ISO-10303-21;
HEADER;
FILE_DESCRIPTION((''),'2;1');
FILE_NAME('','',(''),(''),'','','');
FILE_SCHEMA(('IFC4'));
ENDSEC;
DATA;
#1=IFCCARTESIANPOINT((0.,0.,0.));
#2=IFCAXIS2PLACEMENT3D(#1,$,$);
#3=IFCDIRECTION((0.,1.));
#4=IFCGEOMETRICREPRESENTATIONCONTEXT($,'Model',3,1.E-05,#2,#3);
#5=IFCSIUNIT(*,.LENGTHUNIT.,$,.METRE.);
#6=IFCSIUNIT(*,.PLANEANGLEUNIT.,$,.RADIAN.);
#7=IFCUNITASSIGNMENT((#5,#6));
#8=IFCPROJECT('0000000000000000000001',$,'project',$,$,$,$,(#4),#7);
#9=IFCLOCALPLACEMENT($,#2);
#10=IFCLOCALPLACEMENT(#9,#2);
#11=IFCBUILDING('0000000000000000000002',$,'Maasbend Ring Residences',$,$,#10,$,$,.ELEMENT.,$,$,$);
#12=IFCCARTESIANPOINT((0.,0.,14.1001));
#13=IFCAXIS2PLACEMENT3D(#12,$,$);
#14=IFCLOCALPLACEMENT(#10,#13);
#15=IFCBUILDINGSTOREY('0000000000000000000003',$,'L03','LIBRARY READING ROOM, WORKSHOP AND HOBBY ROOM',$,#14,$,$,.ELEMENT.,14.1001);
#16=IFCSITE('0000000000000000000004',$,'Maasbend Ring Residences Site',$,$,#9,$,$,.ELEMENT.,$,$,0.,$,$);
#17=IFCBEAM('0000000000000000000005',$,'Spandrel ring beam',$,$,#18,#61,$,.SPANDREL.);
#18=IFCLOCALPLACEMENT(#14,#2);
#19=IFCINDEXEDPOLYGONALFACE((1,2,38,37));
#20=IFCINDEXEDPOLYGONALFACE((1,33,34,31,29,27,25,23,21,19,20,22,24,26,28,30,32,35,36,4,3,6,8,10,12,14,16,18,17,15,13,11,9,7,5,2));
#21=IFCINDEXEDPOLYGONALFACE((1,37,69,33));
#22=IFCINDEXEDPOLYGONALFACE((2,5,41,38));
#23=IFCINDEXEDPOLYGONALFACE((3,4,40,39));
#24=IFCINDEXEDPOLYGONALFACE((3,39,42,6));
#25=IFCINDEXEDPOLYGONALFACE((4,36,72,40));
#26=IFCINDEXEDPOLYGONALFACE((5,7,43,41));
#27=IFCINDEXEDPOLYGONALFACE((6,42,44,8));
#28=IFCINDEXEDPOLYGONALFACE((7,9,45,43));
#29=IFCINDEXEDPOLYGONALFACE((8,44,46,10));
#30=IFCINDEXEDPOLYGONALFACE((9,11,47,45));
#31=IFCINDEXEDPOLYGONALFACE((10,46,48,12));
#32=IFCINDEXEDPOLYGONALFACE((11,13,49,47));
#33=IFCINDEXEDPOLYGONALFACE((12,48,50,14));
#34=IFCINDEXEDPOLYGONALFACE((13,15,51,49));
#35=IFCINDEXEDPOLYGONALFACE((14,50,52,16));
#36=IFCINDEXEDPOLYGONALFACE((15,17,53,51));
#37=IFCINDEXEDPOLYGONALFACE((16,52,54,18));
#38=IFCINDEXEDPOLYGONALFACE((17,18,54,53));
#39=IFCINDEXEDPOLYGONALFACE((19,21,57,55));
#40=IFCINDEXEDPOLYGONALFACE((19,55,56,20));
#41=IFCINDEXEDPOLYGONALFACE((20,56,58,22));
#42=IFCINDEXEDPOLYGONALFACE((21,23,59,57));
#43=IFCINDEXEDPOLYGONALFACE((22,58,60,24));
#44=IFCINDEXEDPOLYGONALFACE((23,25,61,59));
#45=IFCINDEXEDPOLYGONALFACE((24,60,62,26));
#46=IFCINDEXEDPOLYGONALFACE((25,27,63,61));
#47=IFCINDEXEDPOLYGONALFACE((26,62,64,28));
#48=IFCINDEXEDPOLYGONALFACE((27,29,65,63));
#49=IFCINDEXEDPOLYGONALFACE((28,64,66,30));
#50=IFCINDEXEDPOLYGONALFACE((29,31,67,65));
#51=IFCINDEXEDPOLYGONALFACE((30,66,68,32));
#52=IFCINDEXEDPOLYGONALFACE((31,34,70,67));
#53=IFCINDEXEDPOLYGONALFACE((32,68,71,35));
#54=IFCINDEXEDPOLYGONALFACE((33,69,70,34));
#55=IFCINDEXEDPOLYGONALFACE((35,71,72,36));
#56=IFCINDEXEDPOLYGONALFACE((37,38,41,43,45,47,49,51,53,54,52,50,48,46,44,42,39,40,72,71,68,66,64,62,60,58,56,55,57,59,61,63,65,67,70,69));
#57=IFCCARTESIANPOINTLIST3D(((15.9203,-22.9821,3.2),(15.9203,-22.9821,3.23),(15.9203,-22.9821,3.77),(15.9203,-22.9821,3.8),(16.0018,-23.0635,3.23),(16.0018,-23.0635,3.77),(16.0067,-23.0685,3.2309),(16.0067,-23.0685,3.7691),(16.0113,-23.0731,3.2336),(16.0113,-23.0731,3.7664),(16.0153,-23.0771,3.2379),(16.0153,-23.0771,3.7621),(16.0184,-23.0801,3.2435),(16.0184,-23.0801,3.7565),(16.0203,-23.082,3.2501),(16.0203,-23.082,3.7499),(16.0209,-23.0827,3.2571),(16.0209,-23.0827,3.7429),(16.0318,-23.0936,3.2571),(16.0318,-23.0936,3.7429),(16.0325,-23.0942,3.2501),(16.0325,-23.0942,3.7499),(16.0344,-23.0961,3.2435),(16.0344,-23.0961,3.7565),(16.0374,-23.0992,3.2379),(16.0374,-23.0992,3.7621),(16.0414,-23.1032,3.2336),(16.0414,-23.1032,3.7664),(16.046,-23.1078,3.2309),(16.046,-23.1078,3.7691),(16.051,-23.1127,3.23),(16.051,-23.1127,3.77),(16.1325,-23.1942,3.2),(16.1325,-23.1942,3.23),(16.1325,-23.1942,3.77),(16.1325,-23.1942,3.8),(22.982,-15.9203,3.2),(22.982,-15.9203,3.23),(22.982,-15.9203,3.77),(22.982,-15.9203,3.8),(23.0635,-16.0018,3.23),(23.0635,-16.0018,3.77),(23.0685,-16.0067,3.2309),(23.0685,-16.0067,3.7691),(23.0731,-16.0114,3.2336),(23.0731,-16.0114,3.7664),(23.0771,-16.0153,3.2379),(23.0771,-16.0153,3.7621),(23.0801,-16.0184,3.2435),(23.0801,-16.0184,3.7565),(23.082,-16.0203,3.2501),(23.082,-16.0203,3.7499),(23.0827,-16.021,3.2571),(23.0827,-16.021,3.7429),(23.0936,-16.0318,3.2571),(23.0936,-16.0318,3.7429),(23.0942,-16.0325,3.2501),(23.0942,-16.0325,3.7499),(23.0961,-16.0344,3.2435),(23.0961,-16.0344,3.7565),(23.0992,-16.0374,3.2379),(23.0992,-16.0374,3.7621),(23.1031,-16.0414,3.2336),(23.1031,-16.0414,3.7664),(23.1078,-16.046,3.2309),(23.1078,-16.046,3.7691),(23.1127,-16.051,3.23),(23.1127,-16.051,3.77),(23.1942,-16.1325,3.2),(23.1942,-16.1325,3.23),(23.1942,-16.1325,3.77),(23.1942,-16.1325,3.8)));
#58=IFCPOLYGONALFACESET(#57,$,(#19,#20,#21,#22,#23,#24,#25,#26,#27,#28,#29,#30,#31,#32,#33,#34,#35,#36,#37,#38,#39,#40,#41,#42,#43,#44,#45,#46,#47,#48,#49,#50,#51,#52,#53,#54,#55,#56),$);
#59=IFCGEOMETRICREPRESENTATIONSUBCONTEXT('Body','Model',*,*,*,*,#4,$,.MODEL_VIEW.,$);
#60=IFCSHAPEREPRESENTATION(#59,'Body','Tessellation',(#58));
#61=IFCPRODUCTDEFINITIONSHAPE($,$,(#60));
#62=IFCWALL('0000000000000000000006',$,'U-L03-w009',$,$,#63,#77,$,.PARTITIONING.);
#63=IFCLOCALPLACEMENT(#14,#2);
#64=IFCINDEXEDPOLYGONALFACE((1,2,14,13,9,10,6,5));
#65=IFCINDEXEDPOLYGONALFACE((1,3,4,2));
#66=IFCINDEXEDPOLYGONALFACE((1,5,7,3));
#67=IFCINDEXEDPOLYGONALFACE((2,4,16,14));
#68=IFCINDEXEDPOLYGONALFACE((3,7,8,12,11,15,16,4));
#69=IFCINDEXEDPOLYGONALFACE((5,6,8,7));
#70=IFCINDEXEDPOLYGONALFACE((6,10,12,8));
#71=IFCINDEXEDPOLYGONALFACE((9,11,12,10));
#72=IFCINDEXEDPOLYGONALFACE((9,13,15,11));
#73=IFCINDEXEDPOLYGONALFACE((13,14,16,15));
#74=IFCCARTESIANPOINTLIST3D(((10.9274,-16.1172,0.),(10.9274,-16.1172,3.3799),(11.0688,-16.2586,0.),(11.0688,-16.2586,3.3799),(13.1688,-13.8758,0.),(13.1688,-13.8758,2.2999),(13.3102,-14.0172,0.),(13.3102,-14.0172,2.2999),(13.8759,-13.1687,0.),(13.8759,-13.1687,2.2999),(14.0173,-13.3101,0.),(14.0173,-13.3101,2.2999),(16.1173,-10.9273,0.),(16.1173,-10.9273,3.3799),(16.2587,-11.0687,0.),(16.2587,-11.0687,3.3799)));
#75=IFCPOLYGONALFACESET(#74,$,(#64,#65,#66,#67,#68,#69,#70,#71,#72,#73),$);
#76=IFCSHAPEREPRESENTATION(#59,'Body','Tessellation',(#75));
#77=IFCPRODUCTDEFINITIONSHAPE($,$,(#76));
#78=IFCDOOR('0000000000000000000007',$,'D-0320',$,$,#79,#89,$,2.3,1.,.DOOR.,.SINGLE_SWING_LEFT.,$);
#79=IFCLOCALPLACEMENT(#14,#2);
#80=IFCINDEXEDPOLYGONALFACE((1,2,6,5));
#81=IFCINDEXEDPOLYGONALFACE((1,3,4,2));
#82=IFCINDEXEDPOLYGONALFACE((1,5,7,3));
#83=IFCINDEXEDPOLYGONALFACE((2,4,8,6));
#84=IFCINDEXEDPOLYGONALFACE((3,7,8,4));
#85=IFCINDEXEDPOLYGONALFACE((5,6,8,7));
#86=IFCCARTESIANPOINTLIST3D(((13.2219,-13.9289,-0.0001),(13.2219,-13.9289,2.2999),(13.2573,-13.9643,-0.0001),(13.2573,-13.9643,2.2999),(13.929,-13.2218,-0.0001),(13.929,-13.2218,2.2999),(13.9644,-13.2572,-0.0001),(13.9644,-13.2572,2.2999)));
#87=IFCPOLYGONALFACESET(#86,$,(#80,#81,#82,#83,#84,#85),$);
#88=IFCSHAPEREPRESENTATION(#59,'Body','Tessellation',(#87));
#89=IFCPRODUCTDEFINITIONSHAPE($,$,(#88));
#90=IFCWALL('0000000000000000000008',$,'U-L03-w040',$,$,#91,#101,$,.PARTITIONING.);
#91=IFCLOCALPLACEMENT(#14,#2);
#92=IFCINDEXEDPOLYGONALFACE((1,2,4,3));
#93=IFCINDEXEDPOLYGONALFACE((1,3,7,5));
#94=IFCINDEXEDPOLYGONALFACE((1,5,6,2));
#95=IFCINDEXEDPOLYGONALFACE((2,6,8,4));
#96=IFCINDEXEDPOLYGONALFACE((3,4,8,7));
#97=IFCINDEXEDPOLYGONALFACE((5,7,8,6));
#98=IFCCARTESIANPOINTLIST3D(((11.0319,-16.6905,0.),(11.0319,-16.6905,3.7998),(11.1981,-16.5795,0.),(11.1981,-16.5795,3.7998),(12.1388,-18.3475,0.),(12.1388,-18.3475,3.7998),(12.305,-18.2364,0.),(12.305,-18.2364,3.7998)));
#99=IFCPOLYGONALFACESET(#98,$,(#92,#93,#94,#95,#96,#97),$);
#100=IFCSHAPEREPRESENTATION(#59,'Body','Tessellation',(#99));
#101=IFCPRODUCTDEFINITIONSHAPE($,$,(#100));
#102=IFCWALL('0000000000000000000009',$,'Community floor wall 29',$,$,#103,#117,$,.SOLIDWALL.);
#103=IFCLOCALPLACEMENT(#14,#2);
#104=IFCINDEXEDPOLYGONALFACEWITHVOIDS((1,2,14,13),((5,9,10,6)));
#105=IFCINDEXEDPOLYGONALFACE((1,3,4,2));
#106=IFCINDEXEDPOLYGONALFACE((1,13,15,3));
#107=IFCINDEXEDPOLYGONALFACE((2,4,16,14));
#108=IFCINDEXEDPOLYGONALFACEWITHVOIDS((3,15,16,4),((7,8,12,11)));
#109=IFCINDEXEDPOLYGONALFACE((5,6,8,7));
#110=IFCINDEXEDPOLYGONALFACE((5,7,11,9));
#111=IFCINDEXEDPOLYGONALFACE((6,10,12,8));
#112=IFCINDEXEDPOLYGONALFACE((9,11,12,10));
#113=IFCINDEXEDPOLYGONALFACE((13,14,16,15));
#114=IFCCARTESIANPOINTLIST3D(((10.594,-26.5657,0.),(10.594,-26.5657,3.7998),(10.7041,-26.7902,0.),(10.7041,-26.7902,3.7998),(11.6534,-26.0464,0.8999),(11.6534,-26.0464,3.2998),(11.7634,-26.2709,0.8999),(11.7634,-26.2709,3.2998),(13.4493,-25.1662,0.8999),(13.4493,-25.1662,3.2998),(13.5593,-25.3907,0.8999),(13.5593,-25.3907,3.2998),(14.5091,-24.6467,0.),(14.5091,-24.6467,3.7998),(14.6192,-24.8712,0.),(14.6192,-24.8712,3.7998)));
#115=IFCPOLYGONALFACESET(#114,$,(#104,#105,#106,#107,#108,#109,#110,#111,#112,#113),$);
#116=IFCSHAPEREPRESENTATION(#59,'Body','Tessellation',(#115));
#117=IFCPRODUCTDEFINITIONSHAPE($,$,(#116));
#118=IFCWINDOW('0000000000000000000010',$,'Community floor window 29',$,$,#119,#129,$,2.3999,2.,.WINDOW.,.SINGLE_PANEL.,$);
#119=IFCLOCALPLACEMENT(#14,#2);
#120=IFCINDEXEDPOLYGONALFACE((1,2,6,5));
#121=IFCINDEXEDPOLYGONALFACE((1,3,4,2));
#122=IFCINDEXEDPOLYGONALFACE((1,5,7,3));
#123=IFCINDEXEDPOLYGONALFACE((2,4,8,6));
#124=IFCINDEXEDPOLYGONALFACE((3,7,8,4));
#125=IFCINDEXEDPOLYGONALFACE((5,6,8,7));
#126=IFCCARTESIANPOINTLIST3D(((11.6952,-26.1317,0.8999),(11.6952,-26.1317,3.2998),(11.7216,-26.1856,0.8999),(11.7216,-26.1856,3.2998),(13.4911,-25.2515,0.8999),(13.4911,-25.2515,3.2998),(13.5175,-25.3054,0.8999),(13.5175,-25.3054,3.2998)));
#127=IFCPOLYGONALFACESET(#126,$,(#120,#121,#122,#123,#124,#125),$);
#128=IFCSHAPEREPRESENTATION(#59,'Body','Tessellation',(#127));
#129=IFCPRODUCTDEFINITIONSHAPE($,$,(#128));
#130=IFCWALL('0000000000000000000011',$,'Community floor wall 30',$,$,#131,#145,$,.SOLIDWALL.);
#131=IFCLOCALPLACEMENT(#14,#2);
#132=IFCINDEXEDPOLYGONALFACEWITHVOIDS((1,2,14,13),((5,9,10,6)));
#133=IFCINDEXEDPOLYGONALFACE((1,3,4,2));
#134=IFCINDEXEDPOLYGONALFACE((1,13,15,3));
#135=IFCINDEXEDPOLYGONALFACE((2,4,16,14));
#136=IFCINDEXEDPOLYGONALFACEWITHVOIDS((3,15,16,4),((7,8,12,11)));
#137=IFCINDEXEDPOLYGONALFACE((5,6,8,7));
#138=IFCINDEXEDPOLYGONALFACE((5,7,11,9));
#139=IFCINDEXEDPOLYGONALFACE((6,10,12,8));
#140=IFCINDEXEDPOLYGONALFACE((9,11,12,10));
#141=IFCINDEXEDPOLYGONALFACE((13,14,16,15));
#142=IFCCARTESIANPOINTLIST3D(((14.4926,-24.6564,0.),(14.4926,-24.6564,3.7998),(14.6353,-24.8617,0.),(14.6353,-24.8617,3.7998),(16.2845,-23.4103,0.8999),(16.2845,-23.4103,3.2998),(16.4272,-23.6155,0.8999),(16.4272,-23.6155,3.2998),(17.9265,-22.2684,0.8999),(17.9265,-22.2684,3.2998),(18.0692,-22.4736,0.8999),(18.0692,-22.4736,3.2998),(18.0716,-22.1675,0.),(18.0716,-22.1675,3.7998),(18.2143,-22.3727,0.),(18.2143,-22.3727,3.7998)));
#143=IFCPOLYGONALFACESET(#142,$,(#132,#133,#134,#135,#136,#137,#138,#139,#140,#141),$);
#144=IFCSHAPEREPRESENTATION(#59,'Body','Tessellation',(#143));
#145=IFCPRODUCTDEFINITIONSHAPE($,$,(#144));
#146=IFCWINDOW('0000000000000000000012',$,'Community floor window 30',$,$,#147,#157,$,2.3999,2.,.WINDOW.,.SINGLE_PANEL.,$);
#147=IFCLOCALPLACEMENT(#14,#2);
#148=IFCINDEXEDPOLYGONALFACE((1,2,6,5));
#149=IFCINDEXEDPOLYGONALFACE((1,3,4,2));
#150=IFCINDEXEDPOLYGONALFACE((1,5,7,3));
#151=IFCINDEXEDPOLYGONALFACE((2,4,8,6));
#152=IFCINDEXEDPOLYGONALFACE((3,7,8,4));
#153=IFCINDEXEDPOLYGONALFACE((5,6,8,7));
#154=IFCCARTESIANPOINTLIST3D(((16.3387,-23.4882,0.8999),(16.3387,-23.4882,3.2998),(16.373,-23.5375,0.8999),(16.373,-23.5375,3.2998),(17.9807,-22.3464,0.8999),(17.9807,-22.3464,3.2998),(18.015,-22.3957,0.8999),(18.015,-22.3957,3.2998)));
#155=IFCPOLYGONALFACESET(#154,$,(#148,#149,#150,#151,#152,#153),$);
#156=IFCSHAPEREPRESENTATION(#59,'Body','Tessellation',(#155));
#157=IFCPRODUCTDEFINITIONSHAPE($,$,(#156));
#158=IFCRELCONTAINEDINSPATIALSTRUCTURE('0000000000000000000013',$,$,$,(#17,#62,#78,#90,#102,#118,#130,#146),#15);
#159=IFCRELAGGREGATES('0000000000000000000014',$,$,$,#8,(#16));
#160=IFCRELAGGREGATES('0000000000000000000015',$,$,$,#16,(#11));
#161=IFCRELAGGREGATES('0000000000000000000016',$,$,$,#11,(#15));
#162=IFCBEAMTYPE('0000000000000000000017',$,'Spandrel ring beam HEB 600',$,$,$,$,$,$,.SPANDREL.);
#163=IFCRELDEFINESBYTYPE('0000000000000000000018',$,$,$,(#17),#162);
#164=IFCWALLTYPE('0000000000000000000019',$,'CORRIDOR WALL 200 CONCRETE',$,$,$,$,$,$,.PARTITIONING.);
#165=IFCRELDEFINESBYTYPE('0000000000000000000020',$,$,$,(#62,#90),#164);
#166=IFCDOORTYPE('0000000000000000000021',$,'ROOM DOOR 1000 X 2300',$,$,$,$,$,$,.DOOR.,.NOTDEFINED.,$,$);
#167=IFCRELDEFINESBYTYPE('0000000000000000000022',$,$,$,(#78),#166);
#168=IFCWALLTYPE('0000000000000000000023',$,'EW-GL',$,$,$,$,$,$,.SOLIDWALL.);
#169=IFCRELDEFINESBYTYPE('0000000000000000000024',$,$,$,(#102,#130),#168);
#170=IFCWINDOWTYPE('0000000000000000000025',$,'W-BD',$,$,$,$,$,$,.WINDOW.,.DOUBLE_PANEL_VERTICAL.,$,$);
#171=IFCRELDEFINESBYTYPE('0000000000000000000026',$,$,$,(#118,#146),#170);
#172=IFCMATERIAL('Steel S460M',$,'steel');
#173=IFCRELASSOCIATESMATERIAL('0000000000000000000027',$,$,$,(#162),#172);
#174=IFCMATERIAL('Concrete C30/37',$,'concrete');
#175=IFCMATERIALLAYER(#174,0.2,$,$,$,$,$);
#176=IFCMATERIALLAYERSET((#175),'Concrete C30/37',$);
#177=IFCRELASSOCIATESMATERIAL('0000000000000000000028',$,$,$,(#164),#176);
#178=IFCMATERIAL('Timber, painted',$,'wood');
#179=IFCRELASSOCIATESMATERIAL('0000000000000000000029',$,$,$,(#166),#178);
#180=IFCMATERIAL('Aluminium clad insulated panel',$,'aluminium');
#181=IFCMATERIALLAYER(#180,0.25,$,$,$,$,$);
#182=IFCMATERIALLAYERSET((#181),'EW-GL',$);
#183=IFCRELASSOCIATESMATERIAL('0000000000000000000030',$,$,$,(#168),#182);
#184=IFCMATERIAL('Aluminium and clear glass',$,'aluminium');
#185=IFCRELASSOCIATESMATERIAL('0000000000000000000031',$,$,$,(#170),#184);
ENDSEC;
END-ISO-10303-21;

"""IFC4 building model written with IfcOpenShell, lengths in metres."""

from ifc_helpers import new_model, si_unit, direction, frame, frame_2d, origin, origin_2d, place, context, subcontext, project, spatial, rectangle, i_section, extrude, material, layer, layer_set, material_profile, profile_set, type_object, element, fill, save


model = new_model("IFC4")

# Units and contexts
model_context = context("Model", 3, precision=1e-05, world=origin(), true_north=direction((0.0, 1.0)))
body_context = subcontext(model_context, "Body", "Model", "MODEL_VIEW")
ifc_project = project(units=[si_unit("LENGTHUNIT", "METRE"), si_unit("PLANEANGLEUNIT", "RADIAN")], contexts=[model_context])

# Site, building, storey
site_placement = place(None, origin())
site = spatial("IfcSite", under=ifc_project, at=site_placement, Name="Maasbend Ring Residences Site", CompositionType="ELEMENT", RefElevation=0.0)
building_placement = place(site_placement, origin())
building = spatial("IfcBuilding", under=site, at=building_placement, Name="Maasbend Ring Residences", CompositionType="ELEMENT")
storey_placement = place(building_placement, frame((0.0, 0.0, 14.1001)))
storey = spatial("IfcBuildingStorey", under=building, at=storey_placement, Name="L03", Description="LIBRARY READING ROOM, WORKSHOP AND HOBBY ROOM", CompositionType="ELEMENT", Elevation=14.1001)

# Beam
ifc_material_1 = material(Name="Steel S460M", Category="steel")
ifc_material_profile_1 = material_profile(ifc_material_1, i_section(OverallWidth=0.3, OverallDepth=0.6001, WebThickness=0.0154, FlangeThickness=0.03, FilletRadius=0.0271, at=origin_2d()), Name="HEB 600")
ifc_profile_set_1 = profile_set([ifc_material_profile_1], Name="Steel S460M")
beam_type_1 = type_object("IfcBeamType", Name="Spandrel ring beam HEB 600", PredefinedType="SPANDREL", material=ifc_profile_set_1)
beam_1_placement = place(storey_placement, frame((16.0264, -23.0881, 3.5), z_axis=(0.707107, 0.707107, 0.0), x_axis=(-0.707107, 0.707107, 0.0)))
element("IfcBeam", 1, at=beam_1_placement, inside=storey, type_object=beam_type_1, Name="Spandrel ring beam", PredefinedType="SPANDREL", context=body_context, shape_type="SweptSolid", body=[
    extrude(i_section(OverallWidth=0.3, OverallDepth=0.6001, WebThickness=0.0154, FlangeThickness=0.03, FilletRadius=0.0271, at=origin_2d()), origin(), (0.0, 0.0, 1.0), 9.9868),
])

# Wall, opening, door
ifc_material_2 = material(Name="Concrete C30/37", Category="concrete")
ifc_layer_1 = layer(ifc_material_2, 0.2)
ifc_layer_set_1 = layer_set([ifc_layer_1], Name="Concrete C30/37")
wall_type_1 = type_object("IfcWallType", Name="CORRIDOR WALL 200 CONCRETE", PredefinedType="PARTITIONING", material=ifc_layer_set_1)
wall_1_placement = place(storey_placement, frame((10.998, -16.188, 0.0), z_axis=(0.0, 0.0, 1.0), x_axis=(0.707107, 0.707107, 0.0)))
wall_1 = element("IfcWall", 2, at=wall_1_placement, inside=storey, type_object=wall_type_1, Name="U-L03-w009", PredefinedType="PARTITIONING", context=body_context, shape_type="SweptSolid", body=[
    extrude(rectangle(XDim=7.3396, YDim=0.2, at=frame_2d((3.6699, 0.0))), origin(), (0.0, 0.0, 1.0), 3.3799),
])
opening_1_placement = place(wall_1_placement, frame((3.1699, 0.0, 0.0)))
opening_1 = element("IfcOpeningElement", 3, at=opening_1_placement, cuts=wall_1, PredefinedType="OPENING", context=body_context, shape_type="SweptSolid", body=[
    extrude(rectangle(XDim=1.0, YDim=2.3, at=frame_2d((0.5, 1.1499))), frame((0.0, 0.1099, 0.0), z_axis=(0.0, -1.0, 0.0), x_axis=(1.0, 0.0, 0.0)), (0.0, 0.0, 1.0), 0.22),
])
ifc_material_3 = material(Name="Timber, painted", Category="wood")
door_type = type_object("IfcDoorType", Name="ROOM DOOR 1000 X 2300", OperationType="NOTDEFINED", PredefinedType="DOOR", material=ifc_material_3)
door_placement = place(opening_1_placement, origin())
door = element("IfcDoor", 4, at=door_placement, inside=storey, type_object=door_type, Name="D-0320", OperationType="SINGLE_SWING_LEFT", OverallHeight=2.3, OverallWidth=1.0, PredefinedType="DOOR", context=body_context, shape_type="SweptSolid", body=[
    extrude(rectangle(XDim=1.0, YDim=2.3, at=frame_2d((0.5, 1.1499))), frame((0.0, 0.0249, 0.0), z_axis=(0.0, -1.0, 0.0), x_axis=(1.0, 0.0, 0.0)), (0.0, 0.0, 1.0), 0.05),
])
fill(opening_1, door)

# Wall
wall_2_placement = place(storey_placement, frame((11.115, -16.635, 0.0), z_axis=(0.0, 0.0, 1.0), x_axis=(0.555492, -0.831522, 0.0)))
element("IfcWall", 5, at=wall_2_placement, inside=storey, type_object=wall_type_1, Name="U-L03-w040", PredefinedType="PARTITIONING", context=body_context, shape_type="SweptSolid", body=[
    extrude(rectangle(XDim=1.9927, YDim=0.2, at=frame_2d((0.9963, 0.0))), origin(), (0.0, 0.0, 1.0), 3.7998),
])

# Walls, openings, windows
ifc_material_4 = material(Name="Aluminium clad insulated panel", Category="aluminium")
ifc_layer_2 = layer(ifc_material_4, 0.25)
ifc_layer_set_2 = layer_set([ifc_layer_2], Name="EW-GL")
wall_type_2 = type_object("IfcWallType", Name="EW-GL", PredefinedType="SOLIDWALL", material=ifc_layer_set_2)
wall_3_placement = place(storey_placement, frame((10.6489, -26.678, 0.0), z_axis=(0.0, 0.0, 1.0), x_axis=(0.897938, 0.440122, 0.0)))
wall_3 = element("IfcWall", 6, at=wall_3_placement, inside=storey, type_object=wall_type_2, Name="Community floor wall 29", PredefinedType="SOLIDWALL", context=body_context, shape_type="SweptSolid", body=[
    extrude(rectangle(XDim=4.3601, YDim=0.25, at=frame_2d((2.1802, 0.0))), origin(), (0.0, 0.0, 1.0), 3.7998),
])
opening_2_placement = place(wall_3_placement, frame((1.1799, 0.0, 0.8999)))
opening_2 = element("IfcOpeningElement", 7, at=opening_2_placement, cuts=wall_3, PredefinedType="OPENING", context=body_context, shape_type="SweptSolid", body=[
    extrude(rectangle(XDim=2.0, YDim=2.3999, at=frame_2d((1.0, 1.2))), frame((0.0, 0.135, 0.0), z_axis=(0.0, -1.0, 0.0), x_axis=(1.0, 0.0, 0.0)), (0.0, 0.0, 1.0), 0.27),
])
ifc_material_5 = material(Name="Aluminium and clear glass", Category="aluminium")
window_type = type_object("IfcWindowType", Name="W-BD", PartitioningType="DOUBLE_PANEL_VERTICAL", PredefinedType="WINDOW", material=ifc_material_5)
window_1_placement = place(opening_2_placement, origin())
window_1 = element("IfcWindow", 8, at=window_1_placement, inside=storey, type_object=window_type, Name="Community floor window 29", OverallHeight=2.3999, OverallWidth=2.0, PartitioningType="SINGLE_PANEL", PredefinedType="WINDOW", context=body_context, shape_type="SweptSolid", body=[
    extrude(rectangle(XDim=2.0, YDim=2.3999, at=frame_2d((1.0, 1.2))), frame((0.0, 0.03, 0.0), z_axis=(0.0, -1.0, 0.0), x_axis=(1.0, 0.0, 0.0)), (0.0, 0.0, 1.0), 0.0601),
])
fill(opening_2, window_1)
wall_4_placement = place(storey_placement, frame((14.564, -24.759, 0.0), z_axis=(0.0, 0.0, 1.0), x_axis=(0.820991, 0.570941, 0.0)))
wall_4 = element("IfcWall", 9, at=wall_4_placement, inside=storey, type_object=wall_type_2, Name="Community floor wall 30", PredefinedType="SOLIDWALL", context=body_context, shape_type="SweptSolid", body=[
    extrude(rectangle(XDim=4.3594, YDim=0.25, at=frame_2d((2.1797, 0.0))), origin(), (0.0, 0.0, 1.0), 3.7998),
])
opening_3_placement = place(wall_4_placement, frame((2.1826, 0.0, 0.8999)))
opening_3 = element("IfcOpeningElement", 10, at=opening_3_placement, cuts=wall_4, PredefinedType="OPENING", context=body_context, shape_type="SweptSolid", body=[
    extrude(rectangle(XDim=2.0, YDim=2.3999, at=frame_2d((1.0, 1.2))), frame((0.0, 0.135, 0.0), z_axis=(0.0, -1.0, 0.0), x_axis=(1.0, 0.0, 0.0)), (0.0, 0.0, 1.0), 0.27),
])
window_2_placement = place(opening_3_placement, origin())
window_2 = element("IfcWindow", 11, at=window_2_placement, inside=storey, type_object=window_type, Name="Community floor window 30", OverallHeight=2.3999, OverallWidth=2.0, PartitioningType="SINGLE_PANEL", PredefinedType="WINDOW", context=body_context, shape_type="SweptSolid", body=[
    extrude(rectangle(XDim=2.0, YDim=2.3999, at=frame_2d((1.0, 1.2))), frame((0.0, 0.03, 0.0), z_axis=(0.0, -1.0, 0.0), x_axis=(1.0, 0.0, 0.0)), (0.0, 0.0, 1.0), 0.0601),
])
fill(opening_3, window_2)

save(model, "model.ifc")
